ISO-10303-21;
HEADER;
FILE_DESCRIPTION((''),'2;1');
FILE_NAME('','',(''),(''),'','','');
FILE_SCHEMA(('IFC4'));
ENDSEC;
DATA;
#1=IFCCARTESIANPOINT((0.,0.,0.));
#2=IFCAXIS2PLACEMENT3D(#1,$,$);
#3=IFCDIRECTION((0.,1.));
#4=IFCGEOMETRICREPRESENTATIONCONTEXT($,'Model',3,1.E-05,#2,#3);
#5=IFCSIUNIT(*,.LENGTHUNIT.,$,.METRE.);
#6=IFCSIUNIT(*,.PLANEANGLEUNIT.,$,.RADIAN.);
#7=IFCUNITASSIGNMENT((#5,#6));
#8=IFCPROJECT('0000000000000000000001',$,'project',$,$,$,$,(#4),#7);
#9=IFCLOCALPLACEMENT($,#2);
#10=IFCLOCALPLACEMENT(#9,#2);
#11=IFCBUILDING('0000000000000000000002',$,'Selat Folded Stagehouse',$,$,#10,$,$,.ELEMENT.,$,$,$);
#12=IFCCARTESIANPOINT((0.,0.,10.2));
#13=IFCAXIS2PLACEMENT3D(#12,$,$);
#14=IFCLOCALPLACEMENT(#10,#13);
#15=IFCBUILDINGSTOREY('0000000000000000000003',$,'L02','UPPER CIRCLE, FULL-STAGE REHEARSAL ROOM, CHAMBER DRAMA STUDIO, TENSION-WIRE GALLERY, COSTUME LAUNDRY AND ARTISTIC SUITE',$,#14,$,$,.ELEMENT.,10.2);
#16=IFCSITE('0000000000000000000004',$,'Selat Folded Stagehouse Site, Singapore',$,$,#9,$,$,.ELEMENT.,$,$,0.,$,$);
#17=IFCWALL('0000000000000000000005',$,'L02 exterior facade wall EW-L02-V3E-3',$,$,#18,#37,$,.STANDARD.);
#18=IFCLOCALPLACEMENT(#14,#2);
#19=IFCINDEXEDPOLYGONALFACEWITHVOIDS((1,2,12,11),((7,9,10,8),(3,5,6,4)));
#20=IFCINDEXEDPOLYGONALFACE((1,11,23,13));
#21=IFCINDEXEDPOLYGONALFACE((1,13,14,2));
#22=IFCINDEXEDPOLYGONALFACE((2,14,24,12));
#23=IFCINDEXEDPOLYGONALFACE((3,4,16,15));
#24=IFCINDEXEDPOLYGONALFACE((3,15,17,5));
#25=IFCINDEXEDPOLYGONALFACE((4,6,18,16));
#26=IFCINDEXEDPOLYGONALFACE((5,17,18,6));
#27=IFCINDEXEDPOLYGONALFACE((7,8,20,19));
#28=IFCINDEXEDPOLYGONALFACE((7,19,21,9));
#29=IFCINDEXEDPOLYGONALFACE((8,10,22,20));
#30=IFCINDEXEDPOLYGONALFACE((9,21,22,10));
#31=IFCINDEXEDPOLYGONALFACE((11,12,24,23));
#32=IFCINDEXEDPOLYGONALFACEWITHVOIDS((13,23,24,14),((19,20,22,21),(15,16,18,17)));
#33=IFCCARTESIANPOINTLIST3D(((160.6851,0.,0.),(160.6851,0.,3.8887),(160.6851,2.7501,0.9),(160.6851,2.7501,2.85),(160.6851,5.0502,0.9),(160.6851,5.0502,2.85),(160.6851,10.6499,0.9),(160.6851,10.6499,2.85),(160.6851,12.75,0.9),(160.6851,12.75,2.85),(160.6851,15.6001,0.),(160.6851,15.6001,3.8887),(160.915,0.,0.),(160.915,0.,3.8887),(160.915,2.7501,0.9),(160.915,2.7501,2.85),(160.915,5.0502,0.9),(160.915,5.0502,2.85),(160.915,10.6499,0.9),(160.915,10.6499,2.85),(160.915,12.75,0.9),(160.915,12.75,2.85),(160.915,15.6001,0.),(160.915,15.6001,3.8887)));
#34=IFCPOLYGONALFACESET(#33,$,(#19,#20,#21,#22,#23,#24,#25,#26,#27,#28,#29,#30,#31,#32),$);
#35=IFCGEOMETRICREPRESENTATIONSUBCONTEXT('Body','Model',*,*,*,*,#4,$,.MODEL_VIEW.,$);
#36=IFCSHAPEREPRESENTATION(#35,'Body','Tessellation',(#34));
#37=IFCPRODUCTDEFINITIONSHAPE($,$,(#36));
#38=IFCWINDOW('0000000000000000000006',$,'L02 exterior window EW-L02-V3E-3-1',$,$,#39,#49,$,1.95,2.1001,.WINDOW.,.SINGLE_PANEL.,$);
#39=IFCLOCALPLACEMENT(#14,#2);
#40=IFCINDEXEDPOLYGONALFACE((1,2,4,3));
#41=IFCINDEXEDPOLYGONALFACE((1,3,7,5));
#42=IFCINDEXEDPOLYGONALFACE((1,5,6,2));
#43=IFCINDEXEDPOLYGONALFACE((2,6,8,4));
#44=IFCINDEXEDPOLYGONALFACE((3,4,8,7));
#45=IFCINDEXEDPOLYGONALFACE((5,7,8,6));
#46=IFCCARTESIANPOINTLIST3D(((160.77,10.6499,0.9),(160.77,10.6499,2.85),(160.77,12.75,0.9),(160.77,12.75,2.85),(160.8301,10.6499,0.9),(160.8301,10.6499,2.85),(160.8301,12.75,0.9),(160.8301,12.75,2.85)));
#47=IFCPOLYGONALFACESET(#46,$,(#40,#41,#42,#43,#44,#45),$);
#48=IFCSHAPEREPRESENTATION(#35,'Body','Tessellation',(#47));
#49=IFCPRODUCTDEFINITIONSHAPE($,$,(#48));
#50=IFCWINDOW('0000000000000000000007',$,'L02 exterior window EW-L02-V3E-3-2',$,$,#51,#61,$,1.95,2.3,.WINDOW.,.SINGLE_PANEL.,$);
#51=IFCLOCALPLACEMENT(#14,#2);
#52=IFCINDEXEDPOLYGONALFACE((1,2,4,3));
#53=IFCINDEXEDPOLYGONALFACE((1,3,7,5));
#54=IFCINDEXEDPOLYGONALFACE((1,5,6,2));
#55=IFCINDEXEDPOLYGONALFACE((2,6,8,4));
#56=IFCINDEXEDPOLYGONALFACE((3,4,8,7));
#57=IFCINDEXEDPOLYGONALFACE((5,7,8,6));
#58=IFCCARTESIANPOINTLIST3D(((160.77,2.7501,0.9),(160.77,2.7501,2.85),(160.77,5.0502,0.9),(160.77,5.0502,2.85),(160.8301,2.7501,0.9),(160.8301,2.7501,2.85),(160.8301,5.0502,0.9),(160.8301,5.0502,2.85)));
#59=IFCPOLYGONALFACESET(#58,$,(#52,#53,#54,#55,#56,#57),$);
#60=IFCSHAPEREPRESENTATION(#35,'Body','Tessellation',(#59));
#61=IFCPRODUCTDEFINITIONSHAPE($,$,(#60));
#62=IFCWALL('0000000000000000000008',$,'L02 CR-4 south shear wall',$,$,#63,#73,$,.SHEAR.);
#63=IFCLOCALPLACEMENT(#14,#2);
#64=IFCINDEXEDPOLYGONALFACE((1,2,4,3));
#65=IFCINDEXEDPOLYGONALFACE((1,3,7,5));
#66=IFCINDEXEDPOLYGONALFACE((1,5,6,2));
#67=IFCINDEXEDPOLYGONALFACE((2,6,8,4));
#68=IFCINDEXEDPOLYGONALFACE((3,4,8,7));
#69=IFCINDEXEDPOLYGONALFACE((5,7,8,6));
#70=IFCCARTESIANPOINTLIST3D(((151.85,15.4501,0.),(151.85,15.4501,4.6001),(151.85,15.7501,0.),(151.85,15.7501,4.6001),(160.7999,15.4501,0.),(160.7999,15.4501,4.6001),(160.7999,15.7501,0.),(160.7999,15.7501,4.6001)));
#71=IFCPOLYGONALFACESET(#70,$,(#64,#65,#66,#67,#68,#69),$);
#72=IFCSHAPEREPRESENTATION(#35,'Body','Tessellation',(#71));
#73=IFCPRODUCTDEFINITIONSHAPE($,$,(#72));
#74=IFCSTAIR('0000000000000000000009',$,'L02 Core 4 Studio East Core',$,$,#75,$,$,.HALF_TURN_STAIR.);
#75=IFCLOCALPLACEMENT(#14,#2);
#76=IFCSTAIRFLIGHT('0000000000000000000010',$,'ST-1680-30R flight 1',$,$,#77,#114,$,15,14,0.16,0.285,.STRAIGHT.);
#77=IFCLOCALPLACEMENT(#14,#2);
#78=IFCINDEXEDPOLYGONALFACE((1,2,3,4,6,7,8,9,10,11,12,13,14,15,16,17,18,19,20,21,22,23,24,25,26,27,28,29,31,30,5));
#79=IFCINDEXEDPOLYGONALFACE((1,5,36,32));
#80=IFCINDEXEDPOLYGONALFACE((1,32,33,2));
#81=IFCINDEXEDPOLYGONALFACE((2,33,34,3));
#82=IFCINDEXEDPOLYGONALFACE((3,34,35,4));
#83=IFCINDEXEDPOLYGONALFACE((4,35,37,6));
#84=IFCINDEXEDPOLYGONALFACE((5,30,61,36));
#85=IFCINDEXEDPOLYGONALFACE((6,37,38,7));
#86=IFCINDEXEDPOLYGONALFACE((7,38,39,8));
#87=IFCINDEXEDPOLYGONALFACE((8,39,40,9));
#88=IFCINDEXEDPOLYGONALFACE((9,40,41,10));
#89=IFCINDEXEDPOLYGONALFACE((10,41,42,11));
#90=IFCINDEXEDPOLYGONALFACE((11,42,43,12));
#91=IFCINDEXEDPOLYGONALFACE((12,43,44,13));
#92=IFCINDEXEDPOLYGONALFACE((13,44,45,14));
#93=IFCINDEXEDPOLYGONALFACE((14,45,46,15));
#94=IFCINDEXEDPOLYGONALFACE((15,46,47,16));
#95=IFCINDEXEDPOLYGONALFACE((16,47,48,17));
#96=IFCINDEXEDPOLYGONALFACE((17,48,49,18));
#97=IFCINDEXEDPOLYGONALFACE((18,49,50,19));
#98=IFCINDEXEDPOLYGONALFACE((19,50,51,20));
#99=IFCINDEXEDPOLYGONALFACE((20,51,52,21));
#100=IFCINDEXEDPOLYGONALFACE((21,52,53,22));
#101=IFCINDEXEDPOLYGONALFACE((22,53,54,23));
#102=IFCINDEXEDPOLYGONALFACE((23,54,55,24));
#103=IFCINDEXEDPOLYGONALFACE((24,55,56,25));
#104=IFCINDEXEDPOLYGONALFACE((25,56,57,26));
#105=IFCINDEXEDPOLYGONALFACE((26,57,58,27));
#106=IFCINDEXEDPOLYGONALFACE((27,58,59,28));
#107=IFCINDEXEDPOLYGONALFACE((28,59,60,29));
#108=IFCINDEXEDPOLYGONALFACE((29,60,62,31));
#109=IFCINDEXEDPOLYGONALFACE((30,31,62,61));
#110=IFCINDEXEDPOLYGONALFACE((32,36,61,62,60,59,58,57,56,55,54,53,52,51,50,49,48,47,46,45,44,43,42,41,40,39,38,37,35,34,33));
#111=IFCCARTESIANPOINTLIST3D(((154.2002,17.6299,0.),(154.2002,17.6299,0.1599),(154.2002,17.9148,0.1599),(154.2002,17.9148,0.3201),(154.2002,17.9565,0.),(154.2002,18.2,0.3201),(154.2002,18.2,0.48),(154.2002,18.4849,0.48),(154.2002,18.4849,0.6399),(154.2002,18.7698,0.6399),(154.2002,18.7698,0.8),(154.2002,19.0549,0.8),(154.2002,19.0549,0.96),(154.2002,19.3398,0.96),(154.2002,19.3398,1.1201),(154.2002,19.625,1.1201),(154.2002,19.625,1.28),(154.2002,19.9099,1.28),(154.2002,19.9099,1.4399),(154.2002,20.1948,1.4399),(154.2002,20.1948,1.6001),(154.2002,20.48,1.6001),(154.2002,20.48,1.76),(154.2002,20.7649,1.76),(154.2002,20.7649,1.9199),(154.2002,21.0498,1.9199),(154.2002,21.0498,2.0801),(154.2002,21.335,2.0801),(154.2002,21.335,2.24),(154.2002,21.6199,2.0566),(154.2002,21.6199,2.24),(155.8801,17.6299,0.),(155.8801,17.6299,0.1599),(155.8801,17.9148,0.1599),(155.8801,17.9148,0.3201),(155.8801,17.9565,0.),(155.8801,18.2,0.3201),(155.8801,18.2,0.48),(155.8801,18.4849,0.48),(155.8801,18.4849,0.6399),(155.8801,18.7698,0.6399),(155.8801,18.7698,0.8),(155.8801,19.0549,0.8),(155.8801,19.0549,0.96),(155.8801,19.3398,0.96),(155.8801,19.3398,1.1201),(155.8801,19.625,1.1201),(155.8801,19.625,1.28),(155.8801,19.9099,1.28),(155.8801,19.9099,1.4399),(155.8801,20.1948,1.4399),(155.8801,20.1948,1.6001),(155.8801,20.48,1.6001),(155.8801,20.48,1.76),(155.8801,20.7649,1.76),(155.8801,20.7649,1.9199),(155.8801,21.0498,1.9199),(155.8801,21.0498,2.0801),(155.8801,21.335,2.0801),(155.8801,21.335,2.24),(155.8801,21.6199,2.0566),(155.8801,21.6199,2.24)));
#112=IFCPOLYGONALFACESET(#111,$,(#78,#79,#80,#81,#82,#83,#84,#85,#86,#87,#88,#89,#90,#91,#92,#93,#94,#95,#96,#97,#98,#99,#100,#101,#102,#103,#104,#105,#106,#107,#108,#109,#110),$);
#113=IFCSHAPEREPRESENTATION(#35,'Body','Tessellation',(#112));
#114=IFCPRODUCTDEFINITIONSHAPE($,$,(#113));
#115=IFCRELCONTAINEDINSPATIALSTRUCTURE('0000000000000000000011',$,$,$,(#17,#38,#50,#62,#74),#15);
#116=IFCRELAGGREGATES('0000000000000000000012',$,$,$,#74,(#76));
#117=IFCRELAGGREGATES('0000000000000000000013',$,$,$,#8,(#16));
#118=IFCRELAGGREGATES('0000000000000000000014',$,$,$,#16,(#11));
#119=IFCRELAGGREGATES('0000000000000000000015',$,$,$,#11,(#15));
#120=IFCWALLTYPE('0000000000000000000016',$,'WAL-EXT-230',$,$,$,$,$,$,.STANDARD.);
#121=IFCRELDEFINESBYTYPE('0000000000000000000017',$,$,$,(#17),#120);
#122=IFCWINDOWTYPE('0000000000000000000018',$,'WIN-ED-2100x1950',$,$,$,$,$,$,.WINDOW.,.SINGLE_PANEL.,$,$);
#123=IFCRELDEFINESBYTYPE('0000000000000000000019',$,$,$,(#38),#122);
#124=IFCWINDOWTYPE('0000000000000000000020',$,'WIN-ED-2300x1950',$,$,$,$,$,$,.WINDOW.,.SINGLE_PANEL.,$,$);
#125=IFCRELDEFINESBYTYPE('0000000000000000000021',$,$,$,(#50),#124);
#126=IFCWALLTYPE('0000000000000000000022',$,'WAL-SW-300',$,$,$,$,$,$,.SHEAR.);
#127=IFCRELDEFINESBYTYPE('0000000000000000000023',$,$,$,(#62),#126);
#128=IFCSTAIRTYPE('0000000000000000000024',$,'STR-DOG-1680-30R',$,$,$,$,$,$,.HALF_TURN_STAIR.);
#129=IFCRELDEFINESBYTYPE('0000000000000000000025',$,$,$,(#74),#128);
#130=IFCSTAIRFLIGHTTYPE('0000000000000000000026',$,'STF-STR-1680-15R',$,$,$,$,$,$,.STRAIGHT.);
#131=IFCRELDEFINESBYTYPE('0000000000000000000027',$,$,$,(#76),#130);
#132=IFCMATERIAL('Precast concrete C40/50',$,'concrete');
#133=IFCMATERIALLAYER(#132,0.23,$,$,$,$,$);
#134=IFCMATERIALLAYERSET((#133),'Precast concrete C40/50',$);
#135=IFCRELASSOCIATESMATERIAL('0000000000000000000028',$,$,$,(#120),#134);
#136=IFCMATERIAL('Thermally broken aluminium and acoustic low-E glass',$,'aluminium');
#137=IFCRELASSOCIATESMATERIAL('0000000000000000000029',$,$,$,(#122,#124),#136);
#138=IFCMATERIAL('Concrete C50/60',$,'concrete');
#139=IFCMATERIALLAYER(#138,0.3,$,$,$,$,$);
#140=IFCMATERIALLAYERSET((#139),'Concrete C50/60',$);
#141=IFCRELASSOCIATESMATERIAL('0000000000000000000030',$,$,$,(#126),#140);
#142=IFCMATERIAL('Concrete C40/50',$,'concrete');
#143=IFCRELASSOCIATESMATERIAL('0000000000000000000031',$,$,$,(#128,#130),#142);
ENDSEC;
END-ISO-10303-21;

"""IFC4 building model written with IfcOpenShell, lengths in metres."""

from ifc_helpers import new_model, si_unit, direction, frame, frame_2d, origin, place, context, subcontext, project, spatial, polyline, rectangle, outline, extrude, material, layer, layer_set, type_object, element, fill, aggregate, save


model = new_model("IFC4")

# Units and contexts
model_context = context("Model", 3, precision=1e-05, world=origin(), true_north=direction((0.0, 1.0)))
body_context = subcontext(model_context, "Body", "Model", "MODEL_VIEW")
ifc_project = project(units=[si_unit("LENGTHUNIT", "METRE"), si_unit("PLANEANGLEUNIT", "RADIAN")], contexts=[model_context])

# Site, building, storey
site_placement = place(None, origin())
site = spatial("IfcSite", under=ifc_project, at=site_placement, Name="Selat Folded Stagehouse Site, Singapore", CompositionType="ELEMENT", RefElevation=0.0)
building_placement = place(site_placement, origin())
building = spatial("IfcBuilding", under=site, at=building_placement, Name="Selat Folded Stagehouse", CompositionType="ELEMENT")
storey_placement = place(building_placement, frame((0.0, 0.0, 10.2)))
storey = spatial("IfcBuildingStorey", under=building, at=storey_placement, Name="L02", Description="UPPER CIRCLE, FULL-STAGE REHEARSAL ROOM, CHAMBER DRAMA STUDIO, TENSION-WIRE GALLERY, COSTUME LAUNDRY AND ARTISTIC SUITE", CompositionType="ELEMENT", Elevation=10.2)

# Wall, openings, windows
ifc_material_1 = material(Name="Precast concrete C40/50", Category="concrete")
ifc_layer_1 = layer(ifc_material_1, 0.23)
ifc_layer_set_1 = layer_set([ifc_layer_1], Name="Precast concrete C40/50")
wall_type_1 = type_object("IfcWallType", Name="WAL-EXT-230", PredefinedType="STANDARD", material=ifc_layer_set_1)
ifc_material_2 = material(Name="Thermally broken aluminium and acoustic low-E glass", Category="aluminium")
wall_1_placement = place(storey_placement, frame((160.8, 15.6001, 0.0), z_axis=(0.0, 0.0, 1.0), x_axis=(0.0, -1.0, 0.0)))
wall_1 = element("IfcWall", 1, at=wall_1_placement, inside=storey, type_object=wall_type_1, Name="L02 exterior facade wall EW-L02-V3E-3", PredefinedType="STANDARD", context=body_context, shape_type="SweptSolid", body=[
    extrude(rectangle(XDim=15.6001, YDim=0.23, at=frame_2d((7.8, 0.0))), origin(), (0.0, 0.0, 1.0), 3.8887),
])
opening_1_placement = place(wall_1_placement, frame((2.8501, 0.0, 0.8999)))
opening_1 = element("IfcOpeningElement", 2, at=opening_1_placement, cuts=wall_1, PredefinedType="OPENING", context=body_context, shape_type="SweptSolid", body=[
    extrude(rectangle(XDim=2.1001, YDim=1.95, at=frame_2d((1.05, 0.9751))), frame((0.0, 0.125, 0.0), z_axis=(0.0, -1.0, 0.0), x_axis=(1.0, 0.0, 0.0)), (0.0, 0.0, 1.0), 0.25),
])
opening_2_placement = place(wall_1_placement, frame((10.55, 0.0, 0.8999)))
opening_2 = element("IfcOpeningElement", 3, at=opening_2_placement, cuts=wall_1, PredefinedType="OPENING", context=body_context, shape_type="SweptSolid", body=[
    extrude(rectangle(XDim=2.3, YDim=1.95, at=frame_2d((1.1499, 0.9751))), frame((0.0, 0.125, 0.0), z_axis=(0.0, -1.0, 0.0), x_axis=(1.0, 0.0, 0.0)), (0.0, 0.0, 1.0), 0.25),
])
window_type_1 = type_object("IfcWindowType", Name="WIN-ED-2100x1950", PartitioningType="SINGLE_PANEL", PredefinedType="WINDOW", material=ifc_material_2)
window_1_placement = place(opening_1_placement, origin())
window_1 = element("IfcWindow", 4, at=window_1_placement, inside=storey, type_object=window_type_1, Name="L02 exterior window EW-L02-V3E-3-1", OverallHeight=1.95, OverallWidth=2.1001, PartitioningType="SINGLE_PANEL", PredefinedType="WINDOW", context=body_context, shape_type="SweptSolid", body=[
    extrude(rectangle(XDim=2.1001, YDim=1.95, at=frame_2d((1.05, 0.9751))), frame((0.0, 0.03, 0.0), z_axis=(0.0, -1.0, 0.0), x_axis=(1.0, 0.0, 0.0)), (0.0, 0.0, 1.0), 0.0601),
])
fill(opening_1, window_1)
window_type_2 = type_object("IfcWindowType", Name="WIN-ED-2300x1950", PartitioningType="SINGLE_PANEL", PredefinedType="WINDOW", material=ifc_material_2)
window_2_placement = place(opening_2_placement, origin())
window_2 = element("IfcWindow", 5, at=window_2_placement, inside=storey, type_object=window_type_2, Name="L02 exterior window EW-L02-V3E-3-2", OverallHeight=1.95, OverallWidth=2.3, PartitioningType="SINGLE_PANEL", PredefinedType="WINDOW", context=body_context, shape_type="SweptSolid", body=[
    extrude(rectangle(XDim=2.3, YDim=1.95, at=frame_2d((1.1499, 0.9751))), frame((0.0, 0.03, 0.0), z_axis=(0.0, -1.0, 0.0), x_axis=(1.0, 0.0, 0.0)), (0.0, 0.0, 1.0), 0.0601),
])
fill(opening_2, window_2)

# Wall
ifc_material_3 = material(Name="Concrete C50/60", Category="concrete")
ifc_layer_2 = layer(ifc_material_3, 0.3)
ifc_layer_set_2 = layer_set([ifc_layer_2], Name="Concrete C50/60")
wall_type_2 = type_object("IfcWallType", Name="WAL-SW-300", PredefinedType="SHEAR", material=ifc_layer_set_2)
wall_2_placement = place(storey_placement, frame((160.8, 15.6001, 0.0), z_axis=(0.0, 0.0, 1.0), x_axis=(-1.0, 0.0, 0.0)))
element("IfcWall", 6, at=wall_2_placement, inside=storey, type_object=wall_type_2, Name="L02 CR-4 south shear wall", PredefinedType="SHEAR", context=body_context, shape_type="SweptSolid", body=[
    extrude(rectangle(XDim=8.95, YDim=0.3, at=frame_2d((4.4751, 0.0))), origin(), (0.0, 0.0, 1.0), 4.6001),
])

# Stair, stair flight
ifc_material_4 = material(Name="Concrete C40/50", Category="concrete")
stair_type = type_object("IfcStairType", Name="STR-DOG-1680-30R", PredefinedType="HALF_TURN_STAIR", material=ifc_material_4)
stair_placement = place(storey_placement, origin())
stair = element("IfcStair", 7, at=stair_placement, inside=storey, type_object=stair_type, Name="L02 Core 4 Studio East Core", PredefinedType="HALF_TURN_STAIR")
stair_flight_type = type_object("IfcStairFlightType", Name="STF-STR-1680-15R", PredefinedType="STRAIGHT", material=ifc_material_4)
stair_flight_placement = place(storey_placement, frame((155.04, 17.6299, 0.0), z_axis=(0.0, 0.0, 1.0), x_axis=(0.0, 1.0, 0.0)))
stair_flight = element("IfcStairFlight", 8, at=stair_flight_placement, type_object=stair_flight_type, Name="ST-1680-30R flight 1", NumberOfRisers=15, NumberOfTreads=14, PredefinedType="STRAIGHT", RiserHeight=0.16, TreadLength=0.285, context=body_context, shape_type="SweptSolid", body=[
    extrude(outline(polyline([(0.0, 0.0), (0.0, 0.1599), (0.2849, 0.1599), (0.2849, 0.3201), (0.5701, 0.3201), (0.5701, 0.48), (0.855, 0.48), (0.855, 0.6399), (1.1399, 0.6399), (1.1399, 0.8), (1.425, 0.8), (1.425, 0.96), (1.71, 0.96), (1.71, 1.1201), (1.9951, 1.1201), (1.9951, 1.28), (2.28, 1.28), (2.28, 1.4399), (2.5649, 1.4399), (2.5649, 1.6001), (2.8501, 1.6001), (2.8501, 1.76), (3.135, 1.76), (3.135, 1.9199), (3.4199, 1.9199), (3.4199, 2.0801), (3.7051, 2.0801), (3.7051, 2.24), (3.99, 2.24), (3.99, 2.3999), (3.99, 2.0566), (0.3267, 0.0), (0.0, 0.0)])), frame((0.0, 0.8398, 0.0), z_axis=(0.0, -1.0, 0.0), x_axis=(1.0, 0.0, 0.0)), (0.0, 0.0, 1.0), 1.6799),
])
aggregate(stair, [stair_flight])

save(model, "model.ifc")
